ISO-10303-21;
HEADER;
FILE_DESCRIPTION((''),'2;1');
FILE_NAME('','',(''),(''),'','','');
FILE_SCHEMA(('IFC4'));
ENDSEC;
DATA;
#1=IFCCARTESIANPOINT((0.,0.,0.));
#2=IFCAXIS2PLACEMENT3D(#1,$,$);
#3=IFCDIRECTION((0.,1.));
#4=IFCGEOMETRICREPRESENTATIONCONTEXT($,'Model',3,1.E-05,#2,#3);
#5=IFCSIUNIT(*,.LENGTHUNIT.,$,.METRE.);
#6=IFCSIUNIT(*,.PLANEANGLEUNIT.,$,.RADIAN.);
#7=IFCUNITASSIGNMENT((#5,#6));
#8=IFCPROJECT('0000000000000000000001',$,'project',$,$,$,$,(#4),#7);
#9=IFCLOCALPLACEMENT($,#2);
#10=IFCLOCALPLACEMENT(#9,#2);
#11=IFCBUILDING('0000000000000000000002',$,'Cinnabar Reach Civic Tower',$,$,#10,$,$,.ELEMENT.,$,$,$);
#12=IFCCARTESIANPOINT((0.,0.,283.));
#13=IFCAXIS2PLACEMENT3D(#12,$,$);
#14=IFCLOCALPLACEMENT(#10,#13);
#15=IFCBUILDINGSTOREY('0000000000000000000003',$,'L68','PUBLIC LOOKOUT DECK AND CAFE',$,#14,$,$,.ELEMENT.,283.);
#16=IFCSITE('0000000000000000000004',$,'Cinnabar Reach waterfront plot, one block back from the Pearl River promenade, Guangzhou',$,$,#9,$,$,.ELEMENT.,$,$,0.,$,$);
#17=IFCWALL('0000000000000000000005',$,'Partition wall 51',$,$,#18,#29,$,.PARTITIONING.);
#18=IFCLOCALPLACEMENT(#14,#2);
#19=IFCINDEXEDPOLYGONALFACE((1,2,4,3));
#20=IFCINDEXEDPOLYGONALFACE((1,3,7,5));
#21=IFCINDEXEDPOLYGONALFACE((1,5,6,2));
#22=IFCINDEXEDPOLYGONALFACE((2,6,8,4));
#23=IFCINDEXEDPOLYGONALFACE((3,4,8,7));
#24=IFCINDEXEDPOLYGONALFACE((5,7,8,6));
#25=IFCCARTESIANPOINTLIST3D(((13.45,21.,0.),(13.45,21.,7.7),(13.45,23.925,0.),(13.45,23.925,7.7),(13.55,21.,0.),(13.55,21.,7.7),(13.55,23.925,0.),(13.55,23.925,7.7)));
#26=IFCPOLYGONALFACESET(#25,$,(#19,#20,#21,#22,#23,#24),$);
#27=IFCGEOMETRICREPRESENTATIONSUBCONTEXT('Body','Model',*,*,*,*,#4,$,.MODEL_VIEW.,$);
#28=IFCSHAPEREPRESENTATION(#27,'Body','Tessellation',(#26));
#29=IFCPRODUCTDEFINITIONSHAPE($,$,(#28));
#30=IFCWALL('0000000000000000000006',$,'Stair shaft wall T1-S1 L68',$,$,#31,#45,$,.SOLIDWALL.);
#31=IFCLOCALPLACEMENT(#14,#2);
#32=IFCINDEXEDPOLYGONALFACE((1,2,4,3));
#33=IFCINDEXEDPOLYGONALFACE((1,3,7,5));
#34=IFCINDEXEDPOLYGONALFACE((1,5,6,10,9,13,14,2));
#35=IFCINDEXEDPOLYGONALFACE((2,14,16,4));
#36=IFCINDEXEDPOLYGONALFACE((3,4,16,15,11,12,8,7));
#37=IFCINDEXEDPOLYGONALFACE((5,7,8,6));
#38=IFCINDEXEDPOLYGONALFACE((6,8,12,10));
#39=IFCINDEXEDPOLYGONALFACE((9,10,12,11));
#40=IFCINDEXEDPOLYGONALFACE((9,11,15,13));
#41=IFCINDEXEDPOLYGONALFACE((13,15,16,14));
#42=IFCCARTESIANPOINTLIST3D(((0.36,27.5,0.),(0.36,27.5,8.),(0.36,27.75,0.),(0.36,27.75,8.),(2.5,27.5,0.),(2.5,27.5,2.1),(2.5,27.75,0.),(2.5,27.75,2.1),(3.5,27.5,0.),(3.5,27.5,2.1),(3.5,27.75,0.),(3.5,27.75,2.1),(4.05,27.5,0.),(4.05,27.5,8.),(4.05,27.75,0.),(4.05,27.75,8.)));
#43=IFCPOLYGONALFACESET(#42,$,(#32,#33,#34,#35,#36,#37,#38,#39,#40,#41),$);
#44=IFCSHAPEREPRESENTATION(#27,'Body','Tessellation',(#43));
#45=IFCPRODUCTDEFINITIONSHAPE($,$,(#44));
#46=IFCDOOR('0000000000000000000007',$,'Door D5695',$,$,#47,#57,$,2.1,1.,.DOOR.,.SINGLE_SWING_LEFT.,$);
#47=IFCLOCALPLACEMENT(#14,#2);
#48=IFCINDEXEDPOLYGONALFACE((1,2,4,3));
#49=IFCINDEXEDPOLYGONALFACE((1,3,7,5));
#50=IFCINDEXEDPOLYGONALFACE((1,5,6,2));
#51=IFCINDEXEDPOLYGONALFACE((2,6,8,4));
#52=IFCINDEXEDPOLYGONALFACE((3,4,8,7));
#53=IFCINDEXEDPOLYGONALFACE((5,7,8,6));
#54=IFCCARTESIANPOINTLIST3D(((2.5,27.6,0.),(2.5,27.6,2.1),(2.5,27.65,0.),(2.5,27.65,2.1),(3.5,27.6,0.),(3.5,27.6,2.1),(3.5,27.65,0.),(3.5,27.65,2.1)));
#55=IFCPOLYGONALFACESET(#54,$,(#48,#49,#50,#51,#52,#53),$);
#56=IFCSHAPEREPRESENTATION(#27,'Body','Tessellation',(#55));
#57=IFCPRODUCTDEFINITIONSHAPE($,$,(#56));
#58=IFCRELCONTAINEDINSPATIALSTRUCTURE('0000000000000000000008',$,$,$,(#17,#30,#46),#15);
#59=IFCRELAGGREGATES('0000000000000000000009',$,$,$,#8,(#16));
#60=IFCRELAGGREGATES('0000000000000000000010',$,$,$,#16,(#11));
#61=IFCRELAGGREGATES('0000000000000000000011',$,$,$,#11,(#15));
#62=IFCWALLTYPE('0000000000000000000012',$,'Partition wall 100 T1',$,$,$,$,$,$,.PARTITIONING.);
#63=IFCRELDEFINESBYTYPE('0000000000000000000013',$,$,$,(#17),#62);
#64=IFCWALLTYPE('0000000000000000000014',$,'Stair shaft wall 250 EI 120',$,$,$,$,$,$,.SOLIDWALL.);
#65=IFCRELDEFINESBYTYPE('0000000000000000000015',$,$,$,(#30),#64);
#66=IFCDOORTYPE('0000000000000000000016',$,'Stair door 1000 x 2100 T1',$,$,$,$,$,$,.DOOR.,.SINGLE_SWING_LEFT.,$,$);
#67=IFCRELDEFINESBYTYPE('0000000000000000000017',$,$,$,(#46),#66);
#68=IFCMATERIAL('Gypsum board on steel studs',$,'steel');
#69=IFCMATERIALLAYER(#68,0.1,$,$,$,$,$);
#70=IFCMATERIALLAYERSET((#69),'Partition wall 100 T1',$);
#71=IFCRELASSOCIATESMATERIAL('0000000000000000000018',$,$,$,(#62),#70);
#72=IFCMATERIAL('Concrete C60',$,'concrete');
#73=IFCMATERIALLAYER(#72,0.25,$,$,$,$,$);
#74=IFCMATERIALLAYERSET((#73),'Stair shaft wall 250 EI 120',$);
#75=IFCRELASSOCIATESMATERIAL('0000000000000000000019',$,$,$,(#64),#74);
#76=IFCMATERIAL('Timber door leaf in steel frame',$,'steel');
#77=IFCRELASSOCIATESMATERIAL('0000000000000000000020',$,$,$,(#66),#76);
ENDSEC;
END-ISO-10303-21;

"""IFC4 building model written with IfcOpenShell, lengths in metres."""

from ifc_helpers import new_model, si_unit, direction, frame, frame_2d, origin, place, context, subcontext, project, spatial, rectangle, extrude, material, layer, layer_set, type_object, element, fill, save


model = new_model("IFC4")

# Units and contexts
model_context = context("Model", 3, precision=1e-05, world=origin(), true_north=direction((0.0, 1.0)))
body_context = subcontext(model_context, "Body", "Model", "MODEL_VIEW")
ifc_project = project(units=[si_unit("LENGTHUNIT", "METRE"), si_unit("PLANEANGLEUNIT", "RADIAN")], contexts=[model_context])

# Site, building, storey
site_placement = place(None, origin())
site = spatial("IfcSite", under=ifc_project, at=site_placement, Name="Cinnabar Reach waterfront plot, one block back from the Pearl River promenade, Guangzhou", CompositionType="ELEMENT", RefElevation=0.0)
building_placement = place(site_placement, origin())
building = spatial("IfcBuilding", under=site, at=building_placement, Name="Cinnabar Reach Civic Tower", CompositionType="ELEMENT")
storey_placement = place(building_placement, frame((0.0, 0.0, 283.0)))
storey = spatial("IfcBuildingStorey", under=building, at=storey_placement, Name="L68", Description="PUBLIC LOOKOUT DECK AND CAFE", CompositionType="ELEMENT", Elevation=283.0)

# Shared definitions
ifc_material_1 = material(Name="Concrete C60", Category="concrete")

# Shared definitions
ifc_material_2 = material(Name="Timber door leaf in steel frame", Category="steel")

# Wall
ifc_material_3 = material(Name="Gypsum board on steel studs", Category="steel")
ifc_layer_1 = layer(ifc_material_3, 0.1)
ifc_layer_set_1 = layer_set([ifc_layer_1], Name="Partition wall 100 T1")
wall_type_1 = type_object("IfcWallType", Name="Partition wall 100 T1", PredefinedType="PARTITIONING", material=ifc_layer_set_1)
for number, where, z_axis, x_axis, name in (
    (1, (13.5, 21.0, 0.0), (0.0, 0.0, 1.0), (0.0, 1.0, 0.0), "Partition wall 51"),
):
    element("IfcWall", number, at=place(storey_placement, frame(where, z_axis=z_axis, x_axis=x_axis)), inside=storey, type_object=wall_type_1, Name=name, PredefinedType="PARTITIONING", context=body_context, shape_type="SweptSolid", body=[
        extrude(rectangle(XDim=2.925, YDim=0.1, at=frame_2d((1.4625, 0.0))), origin(), (0.0, 0.0, 1.0), 7.7),
    ])

# Wall, opening, door
ifc_layer_2 = layer(ifc_material_1, 0.25)
ifc_layer_set_2 = layer_set([ifc_layer_2], Name="Stair shaft wall 250 EI 120")
wall_type_2 = type_object("IfcWallType", Name="Stair shaft wall 250 EI 120", PredefinedType="SOLIDWALL", material=ifc_layer_set_2)
wall_1_placement = place(storey_placement, frame((4.05, 27.625, 0.0), z_axis=(0.0, 0.0, 1.0), x_axis=(-1.0, 0.0, 0.0)))
wall_1 = element("IfcWall", 2, at=wall_1_placement, inside=storey, type_object=wall_type_2, Name="Stair shaft wall T1-S1 L68", PredefinedType="SOLIDWALL", context=body_context, shape_type="SweptSolid", body=[
    extrude(rectangle(XDim=3.69, YDim=0.25, at=frame_2d((1.845, 0.0))), origin(), (0.0, 0.0, 1.0), 8.0),
])
opening_1_placement = place(wall_1_placement, frame((0.55, 0.0, 0.0)))
opening_1 = element("IfcOpeningElement", 3, at=opening_1_placement, cuts=wall_1, PredefinedType="OPENING", context=body_context, shape_type="SweptSolid", body=[
    extrude(rectangle(XDim=1.0, YDim=2.1, at=frame_2d((0.5, 1.05))), frame((0.0, 0.135, 0.0), z_axis=(0.0, -1.0, 0.0), x_axis=(1.0, 0.0, 0.0)), (0.0, 0.0, 1.0), 0.27),
])
door_type_1 = type_object("IfcDoorType", Name="Stair door 1000 x 2100 T1", OperationType="SINGLE_SWING_LEFT", PredefinedType="DOOR", material=ifc_material_2)
door_1_placement = place(opening_1_placement, origin())
door_1 = element("IfcDoor", 4, at=door_1_placement, inside=storey, type_object=door_type_1, Name="Door D5695", OperationType="SINGLE_SWING_LEFT", OverallHeight=2.1, OverallWidth=1.0, PredefinedType="DOOR", context=body_context, shape_type="SweptSolid", body=[
    extrude(rectangle(XDim=1.0, YDim=2.1, at=frame_2d((0.5, 1.05))), frame((0.0, 0.025, 0.0), z_axis=(0.0, -1.0, 0.0), x_axis=(1.0, 0.0, 0.0)), (0.0, 0.0, 1.0), 0.05),
])
fill(opening_1, door_1)

save(model, "model.ifc")
